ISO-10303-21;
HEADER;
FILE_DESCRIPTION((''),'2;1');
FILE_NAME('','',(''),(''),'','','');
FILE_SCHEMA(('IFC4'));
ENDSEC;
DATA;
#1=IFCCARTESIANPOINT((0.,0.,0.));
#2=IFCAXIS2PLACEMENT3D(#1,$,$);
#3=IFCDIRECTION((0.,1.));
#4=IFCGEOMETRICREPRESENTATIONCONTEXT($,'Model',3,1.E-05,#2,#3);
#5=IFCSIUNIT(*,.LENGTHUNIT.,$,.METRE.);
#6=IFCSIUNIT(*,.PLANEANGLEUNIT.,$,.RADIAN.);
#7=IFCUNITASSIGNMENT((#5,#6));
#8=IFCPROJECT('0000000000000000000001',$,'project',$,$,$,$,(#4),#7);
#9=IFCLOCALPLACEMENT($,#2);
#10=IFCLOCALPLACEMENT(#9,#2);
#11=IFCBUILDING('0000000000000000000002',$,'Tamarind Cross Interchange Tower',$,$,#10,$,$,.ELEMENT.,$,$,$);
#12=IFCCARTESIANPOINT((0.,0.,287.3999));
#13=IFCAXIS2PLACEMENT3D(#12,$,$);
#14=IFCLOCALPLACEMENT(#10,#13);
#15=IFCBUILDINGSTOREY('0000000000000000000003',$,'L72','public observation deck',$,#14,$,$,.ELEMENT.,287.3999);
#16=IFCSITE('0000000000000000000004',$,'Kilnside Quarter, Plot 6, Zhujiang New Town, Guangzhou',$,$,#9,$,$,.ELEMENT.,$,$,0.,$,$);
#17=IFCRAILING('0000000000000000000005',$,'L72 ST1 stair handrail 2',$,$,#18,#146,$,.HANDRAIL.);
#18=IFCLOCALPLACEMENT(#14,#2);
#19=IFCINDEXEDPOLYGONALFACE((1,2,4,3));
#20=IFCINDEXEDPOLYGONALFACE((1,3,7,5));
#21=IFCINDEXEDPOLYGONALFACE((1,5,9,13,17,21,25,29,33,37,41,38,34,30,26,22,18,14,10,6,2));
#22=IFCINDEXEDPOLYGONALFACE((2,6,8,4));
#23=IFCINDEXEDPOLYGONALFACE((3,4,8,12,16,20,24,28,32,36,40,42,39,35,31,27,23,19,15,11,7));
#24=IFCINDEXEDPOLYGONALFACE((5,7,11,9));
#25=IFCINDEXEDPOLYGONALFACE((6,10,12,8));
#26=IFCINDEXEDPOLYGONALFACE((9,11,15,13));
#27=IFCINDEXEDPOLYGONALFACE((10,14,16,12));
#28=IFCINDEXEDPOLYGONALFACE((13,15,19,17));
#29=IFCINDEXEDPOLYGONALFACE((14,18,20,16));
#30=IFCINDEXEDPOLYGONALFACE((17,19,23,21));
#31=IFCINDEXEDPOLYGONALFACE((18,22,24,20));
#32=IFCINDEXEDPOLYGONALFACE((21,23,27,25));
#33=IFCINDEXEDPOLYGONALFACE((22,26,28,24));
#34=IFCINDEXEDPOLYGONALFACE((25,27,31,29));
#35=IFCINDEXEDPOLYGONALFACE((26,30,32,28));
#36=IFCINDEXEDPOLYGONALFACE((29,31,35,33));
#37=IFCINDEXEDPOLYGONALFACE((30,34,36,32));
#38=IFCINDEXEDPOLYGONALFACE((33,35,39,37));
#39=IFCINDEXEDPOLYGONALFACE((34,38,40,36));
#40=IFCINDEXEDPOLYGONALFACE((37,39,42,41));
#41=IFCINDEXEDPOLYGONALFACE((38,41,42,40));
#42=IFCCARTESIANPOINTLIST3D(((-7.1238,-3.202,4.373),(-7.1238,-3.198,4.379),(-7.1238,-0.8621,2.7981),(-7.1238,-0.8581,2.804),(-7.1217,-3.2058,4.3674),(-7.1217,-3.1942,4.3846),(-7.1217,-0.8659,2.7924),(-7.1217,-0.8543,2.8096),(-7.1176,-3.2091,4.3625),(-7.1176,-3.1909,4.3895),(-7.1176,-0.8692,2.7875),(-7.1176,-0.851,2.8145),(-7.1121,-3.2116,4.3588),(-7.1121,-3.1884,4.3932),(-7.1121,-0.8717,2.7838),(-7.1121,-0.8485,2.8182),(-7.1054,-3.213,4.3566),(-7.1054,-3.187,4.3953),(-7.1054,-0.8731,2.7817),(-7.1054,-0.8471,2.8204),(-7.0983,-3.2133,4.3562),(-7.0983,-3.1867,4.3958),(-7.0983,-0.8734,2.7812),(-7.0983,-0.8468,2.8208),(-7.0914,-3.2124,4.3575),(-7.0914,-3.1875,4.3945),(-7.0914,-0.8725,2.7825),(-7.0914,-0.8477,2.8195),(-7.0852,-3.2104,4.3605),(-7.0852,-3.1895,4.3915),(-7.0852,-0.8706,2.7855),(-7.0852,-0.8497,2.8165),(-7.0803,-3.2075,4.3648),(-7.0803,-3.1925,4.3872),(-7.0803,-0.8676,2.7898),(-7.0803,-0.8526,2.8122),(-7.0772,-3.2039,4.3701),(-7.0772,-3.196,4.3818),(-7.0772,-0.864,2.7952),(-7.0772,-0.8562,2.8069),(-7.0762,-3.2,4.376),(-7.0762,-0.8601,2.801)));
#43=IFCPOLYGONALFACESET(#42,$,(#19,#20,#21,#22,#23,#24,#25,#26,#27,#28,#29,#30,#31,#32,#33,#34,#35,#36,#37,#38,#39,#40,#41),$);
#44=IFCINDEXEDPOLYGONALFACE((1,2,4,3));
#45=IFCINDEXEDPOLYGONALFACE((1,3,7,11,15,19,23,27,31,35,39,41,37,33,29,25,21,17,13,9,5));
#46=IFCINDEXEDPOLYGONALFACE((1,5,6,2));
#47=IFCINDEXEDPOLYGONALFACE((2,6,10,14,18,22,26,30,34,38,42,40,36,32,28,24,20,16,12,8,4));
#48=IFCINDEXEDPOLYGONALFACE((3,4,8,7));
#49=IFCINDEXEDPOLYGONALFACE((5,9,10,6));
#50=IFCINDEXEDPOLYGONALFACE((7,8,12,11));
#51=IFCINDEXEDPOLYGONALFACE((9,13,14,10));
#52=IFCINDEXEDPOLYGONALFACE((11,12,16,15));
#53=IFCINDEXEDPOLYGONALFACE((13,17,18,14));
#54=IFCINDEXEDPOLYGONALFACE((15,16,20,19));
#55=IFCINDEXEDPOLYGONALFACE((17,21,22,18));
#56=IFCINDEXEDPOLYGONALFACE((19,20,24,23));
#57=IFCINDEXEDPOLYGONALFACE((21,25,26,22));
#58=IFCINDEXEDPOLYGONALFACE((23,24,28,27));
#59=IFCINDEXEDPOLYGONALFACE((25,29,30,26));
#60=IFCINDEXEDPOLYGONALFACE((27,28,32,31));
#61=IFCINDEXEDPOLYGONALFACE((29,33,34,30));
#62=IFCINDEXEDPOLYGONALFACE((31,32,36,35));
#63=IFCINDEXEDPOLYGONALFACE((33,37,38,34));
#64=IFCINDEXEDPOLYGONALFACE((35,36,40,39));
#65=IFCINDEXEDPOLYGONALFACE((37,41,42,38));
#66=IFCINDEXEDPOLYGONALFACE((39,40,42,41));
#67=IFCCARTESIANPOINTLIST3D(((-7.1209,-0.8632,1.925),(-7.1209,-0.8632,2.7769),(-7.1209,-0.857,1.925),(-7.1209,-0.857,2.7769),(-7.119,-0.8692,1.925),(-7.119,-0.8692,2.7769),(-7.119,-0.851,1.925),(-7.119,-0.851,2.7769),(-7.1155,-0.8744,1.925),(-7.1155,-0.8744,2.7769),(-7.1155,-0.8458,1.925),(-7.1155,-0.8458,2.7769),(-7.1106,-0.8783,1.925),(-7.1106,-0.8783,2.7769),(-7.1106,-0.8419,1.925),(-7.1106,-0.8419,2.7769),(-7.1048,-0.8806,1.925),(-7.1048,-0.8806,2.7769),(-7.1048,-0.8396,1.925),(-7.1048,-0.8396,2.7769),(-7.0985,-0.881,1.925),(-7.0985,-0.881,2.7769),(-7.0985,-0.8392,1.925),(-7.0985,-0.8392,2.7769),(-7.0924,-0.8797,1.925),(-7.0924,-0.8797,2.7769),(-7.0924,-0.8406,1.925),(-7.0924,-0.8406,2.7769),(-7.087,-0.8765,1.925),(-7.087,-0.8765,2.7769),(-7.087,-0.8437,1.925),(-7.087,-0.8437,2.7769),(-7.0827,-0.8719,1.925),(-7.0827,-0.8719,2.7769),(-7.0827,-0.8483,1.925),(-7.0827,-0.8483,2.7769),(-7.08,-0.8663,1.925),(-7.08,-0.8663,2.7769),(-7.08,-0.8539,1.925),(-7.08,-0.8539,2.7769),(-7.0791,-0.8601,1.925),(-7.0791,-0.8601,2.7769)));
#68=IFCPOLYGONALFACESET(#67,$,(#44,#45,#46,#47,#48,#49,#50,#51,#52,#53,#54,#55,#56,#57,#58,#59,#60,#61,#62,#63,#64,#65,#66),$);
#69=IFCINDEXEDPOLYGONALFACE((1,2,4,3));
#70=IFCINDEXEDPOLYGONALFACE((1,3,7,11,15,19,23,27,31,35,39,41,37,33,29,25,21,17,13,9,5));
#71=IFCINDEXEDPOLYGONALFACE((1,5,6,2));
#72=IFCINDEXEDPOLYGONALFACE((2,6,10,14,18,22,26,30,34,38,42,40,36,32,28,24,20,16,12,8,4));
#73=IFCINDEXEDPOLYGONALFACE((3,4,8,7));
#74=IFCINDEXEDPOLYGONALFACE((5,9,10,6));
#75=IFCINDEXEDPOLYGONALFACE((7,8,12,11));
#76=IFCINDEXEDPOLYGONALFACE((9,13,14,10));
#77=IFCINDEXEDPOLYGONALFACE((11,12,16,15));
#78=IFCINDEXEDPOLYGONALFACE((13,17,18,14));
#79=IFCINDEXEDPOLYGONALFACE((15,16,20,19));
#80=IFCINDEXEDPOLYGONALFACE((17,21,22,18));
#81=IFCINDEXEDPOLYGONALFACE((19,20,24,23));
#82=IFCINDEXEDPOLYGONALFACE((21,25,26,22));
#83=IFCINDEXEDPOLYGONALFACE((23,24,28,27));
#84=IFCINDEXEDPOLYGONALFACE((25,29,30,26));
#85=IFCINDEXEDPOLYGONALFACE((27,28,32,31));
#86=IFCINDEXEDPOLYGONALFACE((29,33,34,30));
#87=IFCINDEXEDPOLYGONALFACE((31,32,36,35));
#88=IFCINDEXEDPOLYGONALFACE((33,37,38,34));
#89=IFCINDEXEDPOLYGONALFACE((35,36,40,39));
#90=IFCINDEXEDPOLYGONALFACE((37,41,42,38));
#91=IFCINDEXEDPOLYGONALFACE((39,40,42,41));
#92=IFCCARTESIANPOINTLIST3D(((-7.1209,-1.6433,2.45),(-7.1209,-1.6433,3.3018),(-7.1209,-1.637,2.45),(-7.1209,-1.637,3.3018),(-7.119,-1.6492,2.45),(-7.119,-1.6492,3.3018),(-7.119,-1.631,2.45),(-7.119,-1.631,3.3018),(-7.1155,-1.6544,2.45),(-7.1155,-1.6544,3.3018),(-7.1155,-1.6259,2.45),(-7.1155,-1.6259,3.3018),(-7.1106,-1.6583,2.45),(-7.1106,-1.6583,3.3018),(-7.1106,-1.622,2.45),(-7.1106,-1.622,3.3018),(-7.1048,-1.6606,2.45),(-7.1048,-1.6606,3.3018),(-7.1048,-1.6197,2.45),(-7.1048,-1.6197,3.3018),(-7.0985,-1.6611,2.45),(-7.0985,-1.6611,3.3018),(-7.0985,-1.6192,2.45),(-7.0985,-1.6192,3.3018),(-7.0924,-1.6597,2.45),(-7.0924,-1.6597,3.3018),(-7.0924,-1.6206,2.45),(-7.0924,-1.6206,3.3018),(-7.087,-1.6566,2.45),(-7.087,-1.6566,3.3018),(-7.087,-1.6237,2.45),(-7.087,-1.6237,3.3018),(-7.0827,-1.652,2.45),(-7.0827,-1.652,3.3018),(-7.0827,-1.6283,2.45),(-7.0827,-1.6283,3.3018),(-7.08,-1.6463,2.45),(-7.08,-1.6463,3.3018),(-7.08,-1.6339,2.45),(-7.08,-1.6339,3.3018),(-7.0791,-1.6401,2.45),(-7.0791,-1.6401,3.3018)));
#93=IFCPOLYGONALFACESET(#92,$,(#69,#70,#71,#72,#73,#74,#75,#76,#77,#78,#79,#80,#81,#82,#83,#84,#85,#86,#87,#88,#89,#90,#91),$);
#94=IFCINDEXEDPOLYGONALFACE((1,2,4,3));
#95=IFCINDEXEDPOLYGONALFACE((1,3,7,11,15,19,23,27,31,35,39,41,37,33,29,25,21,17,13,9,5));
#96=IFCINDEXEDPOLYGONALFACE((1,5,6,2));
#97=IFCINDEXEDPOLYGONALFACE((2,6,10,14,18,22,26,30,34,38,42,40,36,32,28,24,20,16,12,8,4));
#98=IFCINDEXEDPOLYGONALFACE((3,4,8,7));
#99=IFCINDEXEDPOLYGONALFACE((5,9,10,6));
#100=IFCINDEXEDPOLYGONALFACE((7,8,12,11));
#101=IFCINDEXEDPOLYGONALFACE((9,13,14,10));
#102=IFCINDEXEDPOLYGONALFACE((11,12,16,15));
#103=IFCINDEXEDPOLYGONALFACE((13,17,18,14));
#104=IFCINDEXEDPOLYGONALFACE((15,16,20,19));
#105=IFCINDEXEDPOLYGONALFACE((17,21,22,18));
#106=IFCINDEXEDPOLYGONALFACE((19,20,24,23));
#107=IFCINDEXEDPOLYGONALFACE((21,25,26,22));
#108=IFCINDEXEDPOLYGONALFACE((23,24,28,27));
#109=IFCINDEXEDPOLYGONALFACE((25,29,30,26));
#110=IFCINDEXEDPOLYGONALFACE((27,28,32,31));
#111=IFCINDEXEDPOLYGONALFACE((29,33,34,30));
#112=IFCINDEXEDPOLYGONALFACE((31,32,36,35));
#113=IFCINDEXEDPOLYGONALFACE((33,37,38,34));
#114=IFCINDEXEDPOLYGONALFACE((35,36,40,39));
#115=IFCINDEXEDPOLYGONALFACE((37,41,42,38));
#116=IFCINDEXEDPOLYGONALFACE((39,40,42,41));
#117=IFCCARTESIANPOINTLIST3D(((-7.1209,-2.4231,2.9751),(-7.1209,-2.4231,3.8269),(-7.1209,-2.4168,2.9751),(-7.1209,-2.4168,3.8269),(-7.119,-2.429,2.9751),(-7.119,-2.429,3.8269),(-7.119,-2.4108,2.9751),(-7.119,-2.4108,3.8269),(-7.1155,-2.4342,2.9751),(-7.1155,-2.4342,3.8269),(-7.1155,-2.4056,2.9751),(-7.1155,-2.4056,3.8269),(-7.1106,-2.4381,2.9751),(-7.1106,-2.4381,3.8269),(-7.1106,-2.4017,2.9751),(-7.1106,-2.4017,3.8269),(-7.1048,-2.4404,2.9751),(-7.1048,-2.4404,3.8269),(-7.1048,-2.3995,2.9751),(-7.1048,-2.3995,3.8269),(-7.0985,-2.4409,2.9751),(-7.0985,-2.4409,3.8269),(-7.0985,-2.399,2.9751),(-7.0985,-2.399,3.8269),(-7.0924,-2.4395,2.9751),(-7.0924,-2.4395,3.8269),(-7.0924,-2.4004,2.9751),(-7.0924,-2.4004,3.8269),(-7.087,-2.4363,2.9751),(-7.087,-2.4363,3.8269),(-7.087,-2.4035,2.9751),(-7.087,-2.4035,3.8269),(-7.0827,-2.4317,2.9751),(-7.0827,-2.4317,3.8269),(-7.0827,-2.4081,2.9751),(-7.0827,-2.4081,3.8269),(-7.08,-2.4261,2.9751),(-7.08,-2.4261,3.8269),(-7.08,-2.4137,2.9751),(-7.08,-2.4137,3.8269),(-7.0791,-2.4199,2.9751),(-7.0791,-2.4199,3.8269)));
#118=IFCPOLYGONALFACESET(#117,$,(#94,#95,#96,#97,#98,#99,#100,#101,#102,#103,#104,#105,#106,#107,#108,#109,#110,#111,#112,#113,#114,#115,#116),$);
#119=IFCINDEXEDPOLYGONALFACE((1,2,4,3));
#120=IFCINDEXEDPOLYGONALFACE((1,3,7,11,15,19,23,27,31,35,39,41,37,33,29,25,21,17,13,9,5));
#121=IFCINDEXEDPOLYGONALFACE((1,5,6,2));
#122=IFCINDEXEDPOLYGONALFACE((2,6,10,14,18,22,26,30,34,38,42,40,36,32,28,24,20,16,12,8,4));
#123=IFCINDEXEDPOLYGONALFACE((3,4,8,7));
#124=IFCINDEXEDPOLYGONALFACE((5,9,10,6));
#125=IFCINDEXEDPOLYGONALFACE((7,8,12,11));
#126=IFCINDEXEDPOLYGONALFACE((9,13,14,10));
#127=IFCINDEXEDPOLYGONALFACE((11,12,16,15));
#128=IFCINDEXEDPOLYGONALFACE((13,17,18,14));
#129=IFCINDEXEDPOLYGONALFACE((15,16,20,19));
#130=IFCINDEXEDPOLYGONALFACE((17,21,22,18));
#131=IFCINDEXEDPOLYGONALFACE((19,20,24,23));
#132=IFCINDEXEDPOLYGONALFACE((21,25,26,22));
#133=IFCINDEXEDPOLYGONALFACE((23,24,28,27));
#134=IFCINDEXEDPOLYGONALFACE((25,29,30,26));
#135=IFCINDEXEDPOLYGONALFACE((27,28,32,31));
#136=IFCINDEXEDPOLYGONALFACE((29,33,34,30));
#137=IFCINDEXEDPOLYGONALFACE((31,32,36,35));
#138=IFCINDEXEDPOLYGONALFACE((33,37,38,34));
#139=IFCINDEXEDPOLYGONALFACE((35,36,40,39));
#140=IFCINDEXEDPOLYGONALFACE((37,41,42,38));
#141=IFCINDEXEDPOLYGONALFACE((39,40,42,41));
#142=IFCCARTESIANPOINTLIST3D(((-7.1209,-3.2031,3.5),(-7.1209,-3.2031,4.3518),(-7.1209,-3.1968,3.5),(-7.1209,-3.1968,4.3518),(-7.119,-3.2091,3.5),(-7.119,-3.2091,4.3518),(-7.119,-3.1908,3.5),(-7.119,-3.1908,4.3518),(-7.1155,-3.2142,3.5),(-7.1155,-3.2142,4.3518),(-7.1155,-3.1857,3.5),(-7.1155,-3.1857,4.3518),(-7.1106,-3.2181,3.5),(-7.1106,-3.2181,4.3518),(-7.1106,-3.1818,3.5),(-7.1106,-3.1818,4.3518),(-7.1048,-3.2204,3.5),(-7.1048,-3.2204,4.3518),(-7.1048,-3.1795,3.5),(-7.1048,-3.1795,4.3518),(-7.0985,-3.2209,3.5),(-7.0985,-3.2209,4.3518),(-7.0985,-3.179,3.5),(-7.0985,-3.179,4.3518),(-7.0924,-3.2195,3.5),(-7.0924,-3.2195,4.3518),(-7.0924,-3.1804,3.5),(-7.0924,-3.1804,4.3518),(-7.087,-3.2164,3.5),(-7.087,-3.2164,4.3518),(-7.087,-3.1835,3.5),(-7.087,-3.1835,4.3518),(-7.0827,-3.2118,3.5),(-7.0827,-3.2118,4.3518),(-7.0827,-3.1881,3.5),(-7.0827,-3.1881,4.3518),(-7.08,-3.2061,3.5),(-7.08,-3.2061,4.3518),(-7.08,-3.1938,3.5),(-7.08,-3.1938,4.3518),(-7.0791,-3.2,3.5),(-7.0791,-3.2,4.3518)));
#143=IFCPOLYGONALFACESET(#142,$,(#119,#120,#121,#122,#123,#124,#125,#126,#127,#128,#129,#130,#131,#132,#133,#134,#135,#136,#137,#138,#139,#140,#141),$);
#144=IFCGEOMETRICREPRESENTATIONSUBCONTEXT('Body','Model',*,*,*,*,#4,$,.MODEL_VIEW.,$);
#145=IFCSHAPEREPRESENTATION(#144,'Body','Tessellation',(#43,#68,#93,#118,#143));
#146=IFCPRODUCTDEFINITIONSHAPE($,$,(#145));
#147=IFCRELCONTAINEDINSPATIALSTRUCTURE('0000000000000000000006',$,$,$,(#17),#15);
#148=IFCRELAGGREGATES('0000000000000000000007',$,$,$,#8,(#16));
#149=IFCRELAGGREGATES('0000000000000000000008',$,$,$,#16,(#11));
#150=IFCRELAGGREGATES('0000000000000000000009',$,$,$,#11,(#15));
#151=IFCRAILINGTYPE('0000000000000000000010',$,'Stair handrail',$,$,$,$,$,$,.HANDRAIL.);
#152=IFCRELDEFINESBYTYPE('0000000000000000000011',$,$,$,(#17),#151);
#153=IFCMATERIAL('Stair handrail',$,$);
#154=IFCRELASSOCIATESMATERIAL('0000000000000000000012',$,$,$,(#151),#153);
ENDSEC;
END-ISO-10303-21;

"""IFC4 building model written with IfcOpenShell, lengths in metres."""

from ifc_helpers import new_model, si_unit, direction, frame, origin, origin_2d, place, context, subcontext, project, spatial, circle, extrude, material, type_object, element, save


model = new_model("IFC4")

# Units and contexts
model_context = context("Model", 3, precision=1e-05, world=origin(), true_north=direction((0.0, 1.0)))
body_context = subcontext(model_context, "Body", "Model", "MODEL_VIEW")
ifc_project = project(units=[si_unit("LENGTHUNIT", "METRE"), si_unit("PLANEANGLEUNIT", "RADIAN")], contexts=[model_context])

# Site, building, storey
site_placement = place(None, origin())
site = spatial("IfcSite", under=ifc_project, at=site_placement, Name="Kilnside Quarter, Plot 6, Zhujiang New Town, Guangzhou", CompositionType="ELEMENT", RefElevation=0.0)
building_placement = place(site_placement, origin())
building = spatial("IfcBuilding", under=site, at=building_placement, Name="Tamarind Cross Interchange Tower", CompositionType="ELEMENT")
storey_placement = place(building_placement, frame((0.0, 0.0, 287.3999)))
storey = spatial("IfcBuildingStorey", under=building, at=storey_placement, Name="L72", Description="public observation deck", CompositionType="ELEMENT", Elevation=287.3999)

# Railing
ifc_material_1 = material(Name="Stair handrail")
railing_type_1 = type_object("IfcRailingType", Name="Stair handrail", PredefinedType="HANDRAIL", material=ifc_material_1)
railing_1_placement = place(storey_placement, frame((-7.1001, -0.8601, 1.925)))
element("IfcRailing", 1, at=railing_1_placement, inside=storey, type_object=railing_type_1, Name="L72 ST1 stair handrail 2", PredefinedType="HANDRAIL", context=body_context, shape_type="SweptSolid", body=[
    extrude(circle(Radius=0.0239, at=origin_2d()), frame((0.0, 0.0, 0.876), z_axis=(0.0, -0.829578, 0.55839), x_axis=(1.0, 0.0, 0.0)), (0.0, 0.0, 1.0), 2.8206),
    extrude(circle(Radius=0.021, at=origin_2d()), origin(), (0.0, 0.0, 1.0), 0.8518),
    extrude(circle(Radius=0.021, at=origin_2d()), frame((0.0, -0.78, 0.5249)), (0.0, 0.0, 1.0), 0.8518),
    extrude(circle(Radius=0.021, at=origin_2d()), frame((0.0, -1.5598, 1.05)), (0.0, 0.0, 1.0), 0.8518),
    extrude(circle(Radius=0.021, at=origin_2d()), frame((0.0, -2.3398, 1.575)), (0.0, 0.0, 1.0), 0.8518),
])

save(model, "model.ifc")
